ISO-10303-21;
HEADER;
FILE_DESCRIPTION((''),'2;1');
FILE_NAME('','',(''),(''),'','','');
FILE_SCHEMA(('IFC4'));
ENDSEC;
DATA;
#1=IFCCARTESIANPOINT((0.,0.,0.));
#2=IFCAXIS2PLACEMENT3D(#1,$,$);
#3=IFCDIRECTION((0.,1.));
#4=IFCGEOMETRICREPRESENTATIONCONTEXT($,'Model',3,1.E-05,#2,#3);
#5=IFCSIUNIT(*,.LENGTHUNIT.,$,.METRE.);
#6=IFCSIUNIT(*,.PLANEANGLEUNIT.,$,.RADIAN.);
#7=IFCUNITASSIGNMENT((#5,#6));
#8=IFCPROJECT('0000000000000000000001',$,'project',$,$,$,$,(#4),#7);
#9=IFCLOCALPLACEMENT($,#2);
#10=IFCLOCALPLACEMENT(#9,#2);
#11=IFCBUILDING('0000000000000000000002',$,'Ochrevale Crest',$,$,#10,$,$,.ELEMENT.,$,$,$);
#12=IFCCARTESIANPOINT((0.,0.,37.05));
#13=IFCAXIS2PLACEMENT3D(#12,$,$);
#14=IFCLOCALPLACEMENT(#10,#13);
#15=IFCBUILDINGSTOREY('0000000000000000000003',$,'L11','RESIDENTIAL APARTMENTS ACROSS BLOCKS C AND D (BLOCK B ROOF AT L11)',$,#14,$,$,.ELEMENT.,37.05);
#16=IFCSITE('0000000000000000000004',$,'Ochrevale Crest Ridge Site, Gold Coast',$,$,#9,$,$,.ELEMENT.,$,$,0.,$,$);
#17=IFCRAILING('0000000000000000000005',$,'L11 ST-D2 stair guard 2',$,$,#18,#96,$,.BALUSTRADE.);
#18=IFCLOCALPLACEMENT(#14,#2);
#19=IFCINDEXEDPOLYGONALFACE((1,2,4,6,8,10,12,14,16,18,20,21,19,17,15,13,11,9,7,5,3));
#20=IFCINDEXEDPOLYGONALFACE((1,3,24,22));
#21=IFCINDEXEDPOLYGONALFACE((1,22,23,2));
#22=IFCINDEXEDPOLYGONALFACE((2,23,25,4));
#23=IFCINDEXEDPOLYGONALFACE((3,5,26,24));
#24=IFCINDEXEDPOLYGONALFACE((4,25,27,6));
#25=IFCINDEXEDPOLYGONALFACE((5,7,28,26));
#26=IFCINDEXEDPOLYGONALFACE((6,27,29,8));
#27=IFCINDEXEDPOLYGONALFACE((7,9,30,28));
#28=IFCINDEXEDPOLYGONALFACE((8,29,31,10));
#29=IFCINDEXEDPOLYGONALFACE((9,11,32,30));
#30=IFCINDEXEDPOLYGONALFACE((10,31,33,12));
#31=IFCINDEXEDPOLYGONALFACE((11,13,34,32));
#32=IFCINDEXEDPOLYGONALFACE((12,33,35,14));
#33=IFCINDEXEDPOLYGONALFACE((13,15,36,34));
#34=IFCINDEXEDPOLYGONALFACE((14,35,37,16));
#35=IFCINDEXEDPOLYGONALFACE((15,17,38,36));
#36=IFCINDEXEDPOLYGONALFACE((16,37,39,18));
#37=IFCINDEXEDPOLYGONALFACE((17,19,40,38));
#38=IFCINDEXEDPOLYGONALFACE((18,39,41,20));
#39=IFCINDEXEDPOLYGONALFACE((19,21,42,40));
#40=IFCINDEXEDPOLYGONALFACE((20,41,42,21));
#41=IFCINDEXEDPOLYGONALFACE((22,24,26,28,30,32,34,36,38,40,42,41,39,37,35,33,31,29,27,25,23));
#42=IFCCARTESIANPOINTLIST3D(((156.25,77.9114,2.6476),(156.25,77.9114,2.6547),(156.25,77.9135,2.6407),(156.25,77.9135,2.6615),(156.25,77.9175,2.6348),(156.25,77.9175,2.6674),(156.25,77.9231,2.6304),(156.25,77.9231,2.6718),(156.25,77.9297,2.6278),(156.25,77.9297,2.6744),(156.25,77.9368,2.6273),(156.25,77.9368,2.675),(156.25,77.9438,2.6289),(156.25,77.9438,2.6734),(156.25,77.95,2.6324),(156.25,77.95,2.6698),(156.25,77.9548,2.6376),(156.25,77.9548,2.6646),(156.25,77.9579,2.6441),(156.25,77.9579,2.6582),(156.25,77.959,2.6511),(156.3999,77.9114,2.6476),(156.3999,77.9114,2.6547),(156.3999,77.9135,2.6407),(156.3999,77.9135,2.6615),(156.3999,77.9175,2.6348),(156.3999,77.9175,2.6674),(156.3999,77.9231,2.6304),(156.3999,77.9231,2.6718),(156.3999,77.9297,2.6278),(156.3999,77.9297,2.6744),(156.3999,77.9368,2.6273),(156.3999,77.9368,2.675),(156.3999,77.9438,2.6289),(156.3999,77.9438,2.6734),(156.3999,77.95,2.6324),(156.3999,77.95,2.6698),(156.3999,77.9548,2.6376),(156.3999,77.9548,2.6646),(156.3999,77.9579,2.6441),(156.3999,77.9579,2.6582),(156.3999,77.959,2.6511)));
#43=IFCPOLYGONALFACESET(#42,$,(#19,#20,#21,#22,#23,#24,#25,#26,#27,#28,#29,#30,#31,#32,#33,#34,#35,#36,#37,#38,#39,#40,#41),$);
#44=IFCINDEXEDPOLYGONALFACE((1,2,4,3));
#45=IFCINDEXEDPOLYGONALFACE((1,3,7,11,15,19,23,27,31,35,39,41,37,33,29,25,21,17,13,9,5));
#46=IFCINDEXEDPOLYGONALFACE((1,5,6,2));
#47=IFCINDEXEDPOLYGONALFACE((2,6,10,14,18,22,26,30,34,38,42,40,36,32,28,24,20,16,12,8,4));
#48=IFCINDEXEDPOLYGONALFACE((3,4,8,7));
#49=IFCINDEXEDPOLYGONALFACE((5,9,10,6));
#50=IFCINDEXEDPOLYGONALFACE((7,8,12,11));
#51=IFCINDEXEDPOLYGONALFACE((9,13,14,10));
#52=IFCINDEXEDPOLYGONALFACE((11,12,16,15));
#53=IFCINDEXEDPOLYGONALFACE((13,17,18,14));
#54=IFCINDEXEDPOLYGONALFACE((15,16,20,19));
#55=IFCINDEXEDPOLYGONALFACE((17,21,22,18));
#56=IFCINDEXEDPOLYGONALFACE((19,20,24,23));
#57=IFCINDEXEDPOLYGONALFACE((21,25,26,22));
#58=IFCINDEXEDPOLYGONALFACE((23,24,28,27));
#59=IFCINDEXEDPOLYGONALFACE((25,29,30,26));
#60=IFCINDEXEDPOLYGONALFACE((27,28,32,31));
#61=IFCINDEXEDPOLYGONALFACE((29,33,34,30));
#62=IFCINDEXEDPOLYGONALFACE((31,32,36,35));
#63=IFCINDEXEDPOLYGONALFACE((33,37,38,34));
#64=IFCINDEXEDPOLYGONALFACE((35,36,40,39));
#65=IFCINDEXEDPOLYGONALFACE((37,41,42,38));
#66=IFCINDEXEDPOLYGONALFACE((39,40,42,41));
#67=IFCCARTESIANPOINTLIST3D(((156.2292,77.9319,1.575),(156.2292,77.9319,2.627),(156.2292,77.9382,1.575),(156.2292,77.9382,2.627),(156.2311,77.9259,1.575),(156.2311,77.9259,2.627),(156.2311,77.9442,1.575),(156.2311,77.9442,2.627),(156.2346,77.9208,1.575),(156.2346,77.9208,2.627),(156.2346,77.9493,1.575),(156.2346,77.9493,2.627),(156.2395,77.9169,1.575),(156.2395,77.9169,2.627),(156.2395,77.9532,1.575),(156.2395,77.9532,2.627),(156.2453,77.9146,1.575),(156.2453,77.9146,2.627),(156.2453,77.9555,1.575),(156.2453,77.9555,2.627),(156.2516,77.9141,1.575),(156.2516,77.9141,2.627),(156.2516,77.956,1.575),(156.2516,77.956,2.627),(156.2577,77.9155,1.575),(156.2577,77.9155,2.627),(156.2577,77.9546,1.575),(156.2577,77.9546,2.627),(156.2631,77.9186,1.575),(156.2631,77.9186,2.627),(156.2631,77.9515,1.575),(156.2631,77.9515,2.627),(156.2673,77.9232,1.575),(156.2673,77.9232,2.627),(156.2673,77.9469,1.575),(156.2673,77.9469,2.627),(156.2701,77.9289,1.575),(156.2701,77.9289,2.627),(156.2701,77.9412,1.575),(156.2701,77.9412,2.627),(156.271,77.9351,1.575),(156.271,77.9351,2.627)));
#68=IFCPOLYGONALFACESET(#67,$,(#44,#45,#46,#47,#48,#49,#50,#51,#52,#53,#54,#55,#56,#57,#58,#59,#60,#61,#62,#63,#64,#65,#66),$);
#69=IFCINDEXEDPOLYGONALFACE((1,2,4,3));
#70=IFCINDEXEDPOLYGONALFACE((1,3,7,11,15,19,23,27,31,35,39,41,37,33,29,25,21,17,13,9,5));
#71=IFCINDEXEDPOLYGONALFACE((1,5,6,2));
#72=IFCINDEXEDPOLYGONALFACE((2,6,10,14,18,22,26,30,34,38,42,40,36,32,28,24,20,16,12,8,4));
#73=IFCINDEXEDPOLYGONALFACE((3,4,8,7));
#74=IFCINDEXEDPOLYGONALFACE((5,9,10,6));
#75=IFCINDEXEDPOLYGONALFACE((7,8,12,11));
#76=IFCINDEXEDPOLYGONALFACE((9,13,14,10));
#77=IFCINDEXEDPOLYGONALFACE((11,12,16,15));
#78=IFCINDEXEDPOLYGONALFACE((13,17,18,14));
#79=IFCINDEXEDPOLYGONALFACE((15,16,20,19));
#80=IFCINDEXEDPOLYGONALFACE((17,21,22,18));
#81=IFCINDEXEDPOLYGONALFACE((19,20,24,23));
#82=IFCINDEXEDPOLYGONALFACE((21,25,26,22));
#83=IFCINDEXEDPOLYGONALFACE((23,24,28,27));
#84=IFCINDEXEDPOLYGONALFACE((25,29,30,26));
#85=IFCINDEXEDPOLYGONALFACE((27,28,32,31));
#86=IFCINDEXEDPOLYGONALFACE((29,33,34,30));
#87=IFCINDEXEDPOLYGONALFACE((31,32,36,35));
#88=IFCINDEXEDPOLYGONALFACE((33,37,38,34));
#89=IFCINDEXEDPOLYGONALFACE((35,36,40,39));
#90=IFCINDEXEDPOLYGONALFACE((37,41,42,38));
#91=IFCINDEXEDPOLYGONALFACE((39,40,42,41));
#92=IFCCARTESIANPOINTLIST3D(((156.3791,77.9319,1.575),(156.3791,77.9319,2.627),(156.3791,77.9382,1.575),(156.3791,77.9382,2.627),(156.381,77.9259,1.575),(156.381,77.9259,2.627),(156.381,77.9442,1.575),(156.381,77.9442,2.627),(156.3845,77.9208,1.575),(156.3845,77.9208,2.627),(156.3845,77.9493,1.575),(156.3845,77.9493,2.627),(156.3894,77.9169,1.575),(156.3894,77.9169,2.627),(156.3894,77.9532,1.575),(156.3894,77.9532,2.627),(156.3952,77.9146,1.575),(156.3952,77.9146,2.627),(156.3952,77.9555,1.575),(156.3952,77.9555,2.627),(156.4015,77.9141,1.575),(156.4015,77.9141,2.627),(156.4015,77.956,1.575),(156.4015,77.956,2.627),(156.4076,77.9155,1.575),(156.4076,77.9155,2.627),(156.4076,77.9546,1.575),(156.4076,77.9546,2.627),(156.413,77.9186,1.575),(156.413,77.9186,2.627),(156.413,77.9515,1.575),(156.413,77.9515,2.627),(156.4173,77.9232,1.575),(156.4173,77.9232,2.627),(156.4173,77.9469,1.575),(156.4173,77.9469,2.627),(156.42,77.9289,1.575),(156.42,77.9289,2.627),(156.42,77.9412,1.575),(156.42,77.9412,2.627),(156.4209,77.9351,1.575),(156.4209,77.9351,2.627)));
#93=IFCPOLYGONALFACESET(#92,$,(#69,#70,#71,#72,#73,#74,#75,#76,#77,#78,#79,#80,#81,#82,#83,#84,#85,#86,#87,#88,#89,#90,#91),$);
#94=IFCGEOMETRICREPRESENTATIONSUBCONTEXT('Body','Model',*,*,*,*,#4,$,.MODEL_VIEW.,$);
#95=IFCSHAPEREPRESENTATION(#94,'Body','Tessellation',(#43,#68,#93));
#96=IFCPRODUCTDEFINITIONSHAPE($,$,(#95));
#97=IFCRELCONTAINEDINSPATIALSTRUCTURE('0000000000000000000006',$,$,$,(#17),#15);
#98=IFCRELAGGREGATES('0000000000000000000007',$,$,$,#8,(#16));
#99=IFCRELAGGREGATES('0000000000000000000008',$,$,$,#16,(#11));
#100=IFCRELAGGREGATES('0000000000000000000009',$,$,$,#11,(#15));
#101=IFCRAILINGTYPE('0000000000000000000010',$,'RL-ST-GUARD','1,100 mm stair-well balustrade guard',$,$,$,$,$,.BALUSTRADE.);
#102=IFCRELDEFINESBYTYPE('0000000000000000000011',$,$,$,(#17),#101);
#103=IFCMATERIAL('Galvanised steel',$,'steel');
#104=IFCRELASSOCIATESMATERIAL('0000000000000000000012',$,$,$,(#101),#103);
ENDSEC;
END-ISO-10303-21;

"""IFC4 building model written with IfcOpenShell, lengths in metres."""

from ifc_helpers import new_model, si_unit, direction, frame, origin, origin_2d, place, context, subcontext, project, spatial, circle, extrude, material, type_object, element, save


model = new_model("IFC4")

# Units and contexts
model_context = context("Model", 3, precision=1e-05, world=origin(), true_north=direction((0.0, 1.0)))
body_context = subcontext(model_context, "Body", "Model", "MODEL_VIEW")
ifc_project = project(units=[si_unit("LENGTHUNIT", "METRE"), si_unit("PLANEANGLEUNIT", "RADIAN")], contexts=[model_context])

# Site, building, storey
site_placement = place(None, origin())
site = spatial("IfcSite", under=ifc_project, at=site_placement, Name="Ochrevale Crest Ridge Site, Gold Coast", CompositionType="ELEMENT", RefElevation=0.0)
building_placement = place(site_placement, origin())
building = spatial("IfcBuilding", under=site, at=building_placement, Name="Ochrevale Crest", CompositionType="ELEMENT")
storey_placement = place(building_placement, frame((0.0, 0.0, 37.05)))
storey = spatial("IfcBuildingStorey", under=building, at=storey_placement, Name="L11", Description="RESIDENTIAL APARTMENTS ACROSS BLOCKS C AND D (BLOCK B ROOF AT L11)", CompositionType="ELEMENT", Elevation=37.05)

# Railing
ifc_material_1 = material(Name="Galvanised steel", Category="steel")
railing_type_1 = type_object("IfcRailingType", Name="RL-ST-GUARD", Description="1,100 mm stair-well balustrade guard", PredefinedType="BALUSTRADE", material=ifc_material_1)
railing_1_placement = place(storey_placement, frame((156.25, 77.9351, 1.575)))
element("IfcRailing", 1, at=railing_1_placement, inside=storey, type_object=railing_type_1, Name="L11 ST-D2 stair guard 2", PredefinedType="BALUSTRADE", context=body_context, shape_type="SweptSolid", body=[
    extrude(circle(Radius=0.0239, at=origin_2d()), frame((0.0, 0.0, 1.0762), z_axis=(1.0, 0.0, 0.0), x_axis=(0.0, 1.0, 0.0)), (0.0, 0.0, 1.0), 0.1499),
    extrude(circle(Radius=0.021, at=origin_2d()), origin(), (0.0, 0.0, 1.0), 1.052),
    extrude(circle(Radius=0.021, at=origin_2d()), frame((0.1499, 0.0, 0.0)), (0.0, 0.0, 1.0), 1.052),
])

save(model, "model.ifc")
